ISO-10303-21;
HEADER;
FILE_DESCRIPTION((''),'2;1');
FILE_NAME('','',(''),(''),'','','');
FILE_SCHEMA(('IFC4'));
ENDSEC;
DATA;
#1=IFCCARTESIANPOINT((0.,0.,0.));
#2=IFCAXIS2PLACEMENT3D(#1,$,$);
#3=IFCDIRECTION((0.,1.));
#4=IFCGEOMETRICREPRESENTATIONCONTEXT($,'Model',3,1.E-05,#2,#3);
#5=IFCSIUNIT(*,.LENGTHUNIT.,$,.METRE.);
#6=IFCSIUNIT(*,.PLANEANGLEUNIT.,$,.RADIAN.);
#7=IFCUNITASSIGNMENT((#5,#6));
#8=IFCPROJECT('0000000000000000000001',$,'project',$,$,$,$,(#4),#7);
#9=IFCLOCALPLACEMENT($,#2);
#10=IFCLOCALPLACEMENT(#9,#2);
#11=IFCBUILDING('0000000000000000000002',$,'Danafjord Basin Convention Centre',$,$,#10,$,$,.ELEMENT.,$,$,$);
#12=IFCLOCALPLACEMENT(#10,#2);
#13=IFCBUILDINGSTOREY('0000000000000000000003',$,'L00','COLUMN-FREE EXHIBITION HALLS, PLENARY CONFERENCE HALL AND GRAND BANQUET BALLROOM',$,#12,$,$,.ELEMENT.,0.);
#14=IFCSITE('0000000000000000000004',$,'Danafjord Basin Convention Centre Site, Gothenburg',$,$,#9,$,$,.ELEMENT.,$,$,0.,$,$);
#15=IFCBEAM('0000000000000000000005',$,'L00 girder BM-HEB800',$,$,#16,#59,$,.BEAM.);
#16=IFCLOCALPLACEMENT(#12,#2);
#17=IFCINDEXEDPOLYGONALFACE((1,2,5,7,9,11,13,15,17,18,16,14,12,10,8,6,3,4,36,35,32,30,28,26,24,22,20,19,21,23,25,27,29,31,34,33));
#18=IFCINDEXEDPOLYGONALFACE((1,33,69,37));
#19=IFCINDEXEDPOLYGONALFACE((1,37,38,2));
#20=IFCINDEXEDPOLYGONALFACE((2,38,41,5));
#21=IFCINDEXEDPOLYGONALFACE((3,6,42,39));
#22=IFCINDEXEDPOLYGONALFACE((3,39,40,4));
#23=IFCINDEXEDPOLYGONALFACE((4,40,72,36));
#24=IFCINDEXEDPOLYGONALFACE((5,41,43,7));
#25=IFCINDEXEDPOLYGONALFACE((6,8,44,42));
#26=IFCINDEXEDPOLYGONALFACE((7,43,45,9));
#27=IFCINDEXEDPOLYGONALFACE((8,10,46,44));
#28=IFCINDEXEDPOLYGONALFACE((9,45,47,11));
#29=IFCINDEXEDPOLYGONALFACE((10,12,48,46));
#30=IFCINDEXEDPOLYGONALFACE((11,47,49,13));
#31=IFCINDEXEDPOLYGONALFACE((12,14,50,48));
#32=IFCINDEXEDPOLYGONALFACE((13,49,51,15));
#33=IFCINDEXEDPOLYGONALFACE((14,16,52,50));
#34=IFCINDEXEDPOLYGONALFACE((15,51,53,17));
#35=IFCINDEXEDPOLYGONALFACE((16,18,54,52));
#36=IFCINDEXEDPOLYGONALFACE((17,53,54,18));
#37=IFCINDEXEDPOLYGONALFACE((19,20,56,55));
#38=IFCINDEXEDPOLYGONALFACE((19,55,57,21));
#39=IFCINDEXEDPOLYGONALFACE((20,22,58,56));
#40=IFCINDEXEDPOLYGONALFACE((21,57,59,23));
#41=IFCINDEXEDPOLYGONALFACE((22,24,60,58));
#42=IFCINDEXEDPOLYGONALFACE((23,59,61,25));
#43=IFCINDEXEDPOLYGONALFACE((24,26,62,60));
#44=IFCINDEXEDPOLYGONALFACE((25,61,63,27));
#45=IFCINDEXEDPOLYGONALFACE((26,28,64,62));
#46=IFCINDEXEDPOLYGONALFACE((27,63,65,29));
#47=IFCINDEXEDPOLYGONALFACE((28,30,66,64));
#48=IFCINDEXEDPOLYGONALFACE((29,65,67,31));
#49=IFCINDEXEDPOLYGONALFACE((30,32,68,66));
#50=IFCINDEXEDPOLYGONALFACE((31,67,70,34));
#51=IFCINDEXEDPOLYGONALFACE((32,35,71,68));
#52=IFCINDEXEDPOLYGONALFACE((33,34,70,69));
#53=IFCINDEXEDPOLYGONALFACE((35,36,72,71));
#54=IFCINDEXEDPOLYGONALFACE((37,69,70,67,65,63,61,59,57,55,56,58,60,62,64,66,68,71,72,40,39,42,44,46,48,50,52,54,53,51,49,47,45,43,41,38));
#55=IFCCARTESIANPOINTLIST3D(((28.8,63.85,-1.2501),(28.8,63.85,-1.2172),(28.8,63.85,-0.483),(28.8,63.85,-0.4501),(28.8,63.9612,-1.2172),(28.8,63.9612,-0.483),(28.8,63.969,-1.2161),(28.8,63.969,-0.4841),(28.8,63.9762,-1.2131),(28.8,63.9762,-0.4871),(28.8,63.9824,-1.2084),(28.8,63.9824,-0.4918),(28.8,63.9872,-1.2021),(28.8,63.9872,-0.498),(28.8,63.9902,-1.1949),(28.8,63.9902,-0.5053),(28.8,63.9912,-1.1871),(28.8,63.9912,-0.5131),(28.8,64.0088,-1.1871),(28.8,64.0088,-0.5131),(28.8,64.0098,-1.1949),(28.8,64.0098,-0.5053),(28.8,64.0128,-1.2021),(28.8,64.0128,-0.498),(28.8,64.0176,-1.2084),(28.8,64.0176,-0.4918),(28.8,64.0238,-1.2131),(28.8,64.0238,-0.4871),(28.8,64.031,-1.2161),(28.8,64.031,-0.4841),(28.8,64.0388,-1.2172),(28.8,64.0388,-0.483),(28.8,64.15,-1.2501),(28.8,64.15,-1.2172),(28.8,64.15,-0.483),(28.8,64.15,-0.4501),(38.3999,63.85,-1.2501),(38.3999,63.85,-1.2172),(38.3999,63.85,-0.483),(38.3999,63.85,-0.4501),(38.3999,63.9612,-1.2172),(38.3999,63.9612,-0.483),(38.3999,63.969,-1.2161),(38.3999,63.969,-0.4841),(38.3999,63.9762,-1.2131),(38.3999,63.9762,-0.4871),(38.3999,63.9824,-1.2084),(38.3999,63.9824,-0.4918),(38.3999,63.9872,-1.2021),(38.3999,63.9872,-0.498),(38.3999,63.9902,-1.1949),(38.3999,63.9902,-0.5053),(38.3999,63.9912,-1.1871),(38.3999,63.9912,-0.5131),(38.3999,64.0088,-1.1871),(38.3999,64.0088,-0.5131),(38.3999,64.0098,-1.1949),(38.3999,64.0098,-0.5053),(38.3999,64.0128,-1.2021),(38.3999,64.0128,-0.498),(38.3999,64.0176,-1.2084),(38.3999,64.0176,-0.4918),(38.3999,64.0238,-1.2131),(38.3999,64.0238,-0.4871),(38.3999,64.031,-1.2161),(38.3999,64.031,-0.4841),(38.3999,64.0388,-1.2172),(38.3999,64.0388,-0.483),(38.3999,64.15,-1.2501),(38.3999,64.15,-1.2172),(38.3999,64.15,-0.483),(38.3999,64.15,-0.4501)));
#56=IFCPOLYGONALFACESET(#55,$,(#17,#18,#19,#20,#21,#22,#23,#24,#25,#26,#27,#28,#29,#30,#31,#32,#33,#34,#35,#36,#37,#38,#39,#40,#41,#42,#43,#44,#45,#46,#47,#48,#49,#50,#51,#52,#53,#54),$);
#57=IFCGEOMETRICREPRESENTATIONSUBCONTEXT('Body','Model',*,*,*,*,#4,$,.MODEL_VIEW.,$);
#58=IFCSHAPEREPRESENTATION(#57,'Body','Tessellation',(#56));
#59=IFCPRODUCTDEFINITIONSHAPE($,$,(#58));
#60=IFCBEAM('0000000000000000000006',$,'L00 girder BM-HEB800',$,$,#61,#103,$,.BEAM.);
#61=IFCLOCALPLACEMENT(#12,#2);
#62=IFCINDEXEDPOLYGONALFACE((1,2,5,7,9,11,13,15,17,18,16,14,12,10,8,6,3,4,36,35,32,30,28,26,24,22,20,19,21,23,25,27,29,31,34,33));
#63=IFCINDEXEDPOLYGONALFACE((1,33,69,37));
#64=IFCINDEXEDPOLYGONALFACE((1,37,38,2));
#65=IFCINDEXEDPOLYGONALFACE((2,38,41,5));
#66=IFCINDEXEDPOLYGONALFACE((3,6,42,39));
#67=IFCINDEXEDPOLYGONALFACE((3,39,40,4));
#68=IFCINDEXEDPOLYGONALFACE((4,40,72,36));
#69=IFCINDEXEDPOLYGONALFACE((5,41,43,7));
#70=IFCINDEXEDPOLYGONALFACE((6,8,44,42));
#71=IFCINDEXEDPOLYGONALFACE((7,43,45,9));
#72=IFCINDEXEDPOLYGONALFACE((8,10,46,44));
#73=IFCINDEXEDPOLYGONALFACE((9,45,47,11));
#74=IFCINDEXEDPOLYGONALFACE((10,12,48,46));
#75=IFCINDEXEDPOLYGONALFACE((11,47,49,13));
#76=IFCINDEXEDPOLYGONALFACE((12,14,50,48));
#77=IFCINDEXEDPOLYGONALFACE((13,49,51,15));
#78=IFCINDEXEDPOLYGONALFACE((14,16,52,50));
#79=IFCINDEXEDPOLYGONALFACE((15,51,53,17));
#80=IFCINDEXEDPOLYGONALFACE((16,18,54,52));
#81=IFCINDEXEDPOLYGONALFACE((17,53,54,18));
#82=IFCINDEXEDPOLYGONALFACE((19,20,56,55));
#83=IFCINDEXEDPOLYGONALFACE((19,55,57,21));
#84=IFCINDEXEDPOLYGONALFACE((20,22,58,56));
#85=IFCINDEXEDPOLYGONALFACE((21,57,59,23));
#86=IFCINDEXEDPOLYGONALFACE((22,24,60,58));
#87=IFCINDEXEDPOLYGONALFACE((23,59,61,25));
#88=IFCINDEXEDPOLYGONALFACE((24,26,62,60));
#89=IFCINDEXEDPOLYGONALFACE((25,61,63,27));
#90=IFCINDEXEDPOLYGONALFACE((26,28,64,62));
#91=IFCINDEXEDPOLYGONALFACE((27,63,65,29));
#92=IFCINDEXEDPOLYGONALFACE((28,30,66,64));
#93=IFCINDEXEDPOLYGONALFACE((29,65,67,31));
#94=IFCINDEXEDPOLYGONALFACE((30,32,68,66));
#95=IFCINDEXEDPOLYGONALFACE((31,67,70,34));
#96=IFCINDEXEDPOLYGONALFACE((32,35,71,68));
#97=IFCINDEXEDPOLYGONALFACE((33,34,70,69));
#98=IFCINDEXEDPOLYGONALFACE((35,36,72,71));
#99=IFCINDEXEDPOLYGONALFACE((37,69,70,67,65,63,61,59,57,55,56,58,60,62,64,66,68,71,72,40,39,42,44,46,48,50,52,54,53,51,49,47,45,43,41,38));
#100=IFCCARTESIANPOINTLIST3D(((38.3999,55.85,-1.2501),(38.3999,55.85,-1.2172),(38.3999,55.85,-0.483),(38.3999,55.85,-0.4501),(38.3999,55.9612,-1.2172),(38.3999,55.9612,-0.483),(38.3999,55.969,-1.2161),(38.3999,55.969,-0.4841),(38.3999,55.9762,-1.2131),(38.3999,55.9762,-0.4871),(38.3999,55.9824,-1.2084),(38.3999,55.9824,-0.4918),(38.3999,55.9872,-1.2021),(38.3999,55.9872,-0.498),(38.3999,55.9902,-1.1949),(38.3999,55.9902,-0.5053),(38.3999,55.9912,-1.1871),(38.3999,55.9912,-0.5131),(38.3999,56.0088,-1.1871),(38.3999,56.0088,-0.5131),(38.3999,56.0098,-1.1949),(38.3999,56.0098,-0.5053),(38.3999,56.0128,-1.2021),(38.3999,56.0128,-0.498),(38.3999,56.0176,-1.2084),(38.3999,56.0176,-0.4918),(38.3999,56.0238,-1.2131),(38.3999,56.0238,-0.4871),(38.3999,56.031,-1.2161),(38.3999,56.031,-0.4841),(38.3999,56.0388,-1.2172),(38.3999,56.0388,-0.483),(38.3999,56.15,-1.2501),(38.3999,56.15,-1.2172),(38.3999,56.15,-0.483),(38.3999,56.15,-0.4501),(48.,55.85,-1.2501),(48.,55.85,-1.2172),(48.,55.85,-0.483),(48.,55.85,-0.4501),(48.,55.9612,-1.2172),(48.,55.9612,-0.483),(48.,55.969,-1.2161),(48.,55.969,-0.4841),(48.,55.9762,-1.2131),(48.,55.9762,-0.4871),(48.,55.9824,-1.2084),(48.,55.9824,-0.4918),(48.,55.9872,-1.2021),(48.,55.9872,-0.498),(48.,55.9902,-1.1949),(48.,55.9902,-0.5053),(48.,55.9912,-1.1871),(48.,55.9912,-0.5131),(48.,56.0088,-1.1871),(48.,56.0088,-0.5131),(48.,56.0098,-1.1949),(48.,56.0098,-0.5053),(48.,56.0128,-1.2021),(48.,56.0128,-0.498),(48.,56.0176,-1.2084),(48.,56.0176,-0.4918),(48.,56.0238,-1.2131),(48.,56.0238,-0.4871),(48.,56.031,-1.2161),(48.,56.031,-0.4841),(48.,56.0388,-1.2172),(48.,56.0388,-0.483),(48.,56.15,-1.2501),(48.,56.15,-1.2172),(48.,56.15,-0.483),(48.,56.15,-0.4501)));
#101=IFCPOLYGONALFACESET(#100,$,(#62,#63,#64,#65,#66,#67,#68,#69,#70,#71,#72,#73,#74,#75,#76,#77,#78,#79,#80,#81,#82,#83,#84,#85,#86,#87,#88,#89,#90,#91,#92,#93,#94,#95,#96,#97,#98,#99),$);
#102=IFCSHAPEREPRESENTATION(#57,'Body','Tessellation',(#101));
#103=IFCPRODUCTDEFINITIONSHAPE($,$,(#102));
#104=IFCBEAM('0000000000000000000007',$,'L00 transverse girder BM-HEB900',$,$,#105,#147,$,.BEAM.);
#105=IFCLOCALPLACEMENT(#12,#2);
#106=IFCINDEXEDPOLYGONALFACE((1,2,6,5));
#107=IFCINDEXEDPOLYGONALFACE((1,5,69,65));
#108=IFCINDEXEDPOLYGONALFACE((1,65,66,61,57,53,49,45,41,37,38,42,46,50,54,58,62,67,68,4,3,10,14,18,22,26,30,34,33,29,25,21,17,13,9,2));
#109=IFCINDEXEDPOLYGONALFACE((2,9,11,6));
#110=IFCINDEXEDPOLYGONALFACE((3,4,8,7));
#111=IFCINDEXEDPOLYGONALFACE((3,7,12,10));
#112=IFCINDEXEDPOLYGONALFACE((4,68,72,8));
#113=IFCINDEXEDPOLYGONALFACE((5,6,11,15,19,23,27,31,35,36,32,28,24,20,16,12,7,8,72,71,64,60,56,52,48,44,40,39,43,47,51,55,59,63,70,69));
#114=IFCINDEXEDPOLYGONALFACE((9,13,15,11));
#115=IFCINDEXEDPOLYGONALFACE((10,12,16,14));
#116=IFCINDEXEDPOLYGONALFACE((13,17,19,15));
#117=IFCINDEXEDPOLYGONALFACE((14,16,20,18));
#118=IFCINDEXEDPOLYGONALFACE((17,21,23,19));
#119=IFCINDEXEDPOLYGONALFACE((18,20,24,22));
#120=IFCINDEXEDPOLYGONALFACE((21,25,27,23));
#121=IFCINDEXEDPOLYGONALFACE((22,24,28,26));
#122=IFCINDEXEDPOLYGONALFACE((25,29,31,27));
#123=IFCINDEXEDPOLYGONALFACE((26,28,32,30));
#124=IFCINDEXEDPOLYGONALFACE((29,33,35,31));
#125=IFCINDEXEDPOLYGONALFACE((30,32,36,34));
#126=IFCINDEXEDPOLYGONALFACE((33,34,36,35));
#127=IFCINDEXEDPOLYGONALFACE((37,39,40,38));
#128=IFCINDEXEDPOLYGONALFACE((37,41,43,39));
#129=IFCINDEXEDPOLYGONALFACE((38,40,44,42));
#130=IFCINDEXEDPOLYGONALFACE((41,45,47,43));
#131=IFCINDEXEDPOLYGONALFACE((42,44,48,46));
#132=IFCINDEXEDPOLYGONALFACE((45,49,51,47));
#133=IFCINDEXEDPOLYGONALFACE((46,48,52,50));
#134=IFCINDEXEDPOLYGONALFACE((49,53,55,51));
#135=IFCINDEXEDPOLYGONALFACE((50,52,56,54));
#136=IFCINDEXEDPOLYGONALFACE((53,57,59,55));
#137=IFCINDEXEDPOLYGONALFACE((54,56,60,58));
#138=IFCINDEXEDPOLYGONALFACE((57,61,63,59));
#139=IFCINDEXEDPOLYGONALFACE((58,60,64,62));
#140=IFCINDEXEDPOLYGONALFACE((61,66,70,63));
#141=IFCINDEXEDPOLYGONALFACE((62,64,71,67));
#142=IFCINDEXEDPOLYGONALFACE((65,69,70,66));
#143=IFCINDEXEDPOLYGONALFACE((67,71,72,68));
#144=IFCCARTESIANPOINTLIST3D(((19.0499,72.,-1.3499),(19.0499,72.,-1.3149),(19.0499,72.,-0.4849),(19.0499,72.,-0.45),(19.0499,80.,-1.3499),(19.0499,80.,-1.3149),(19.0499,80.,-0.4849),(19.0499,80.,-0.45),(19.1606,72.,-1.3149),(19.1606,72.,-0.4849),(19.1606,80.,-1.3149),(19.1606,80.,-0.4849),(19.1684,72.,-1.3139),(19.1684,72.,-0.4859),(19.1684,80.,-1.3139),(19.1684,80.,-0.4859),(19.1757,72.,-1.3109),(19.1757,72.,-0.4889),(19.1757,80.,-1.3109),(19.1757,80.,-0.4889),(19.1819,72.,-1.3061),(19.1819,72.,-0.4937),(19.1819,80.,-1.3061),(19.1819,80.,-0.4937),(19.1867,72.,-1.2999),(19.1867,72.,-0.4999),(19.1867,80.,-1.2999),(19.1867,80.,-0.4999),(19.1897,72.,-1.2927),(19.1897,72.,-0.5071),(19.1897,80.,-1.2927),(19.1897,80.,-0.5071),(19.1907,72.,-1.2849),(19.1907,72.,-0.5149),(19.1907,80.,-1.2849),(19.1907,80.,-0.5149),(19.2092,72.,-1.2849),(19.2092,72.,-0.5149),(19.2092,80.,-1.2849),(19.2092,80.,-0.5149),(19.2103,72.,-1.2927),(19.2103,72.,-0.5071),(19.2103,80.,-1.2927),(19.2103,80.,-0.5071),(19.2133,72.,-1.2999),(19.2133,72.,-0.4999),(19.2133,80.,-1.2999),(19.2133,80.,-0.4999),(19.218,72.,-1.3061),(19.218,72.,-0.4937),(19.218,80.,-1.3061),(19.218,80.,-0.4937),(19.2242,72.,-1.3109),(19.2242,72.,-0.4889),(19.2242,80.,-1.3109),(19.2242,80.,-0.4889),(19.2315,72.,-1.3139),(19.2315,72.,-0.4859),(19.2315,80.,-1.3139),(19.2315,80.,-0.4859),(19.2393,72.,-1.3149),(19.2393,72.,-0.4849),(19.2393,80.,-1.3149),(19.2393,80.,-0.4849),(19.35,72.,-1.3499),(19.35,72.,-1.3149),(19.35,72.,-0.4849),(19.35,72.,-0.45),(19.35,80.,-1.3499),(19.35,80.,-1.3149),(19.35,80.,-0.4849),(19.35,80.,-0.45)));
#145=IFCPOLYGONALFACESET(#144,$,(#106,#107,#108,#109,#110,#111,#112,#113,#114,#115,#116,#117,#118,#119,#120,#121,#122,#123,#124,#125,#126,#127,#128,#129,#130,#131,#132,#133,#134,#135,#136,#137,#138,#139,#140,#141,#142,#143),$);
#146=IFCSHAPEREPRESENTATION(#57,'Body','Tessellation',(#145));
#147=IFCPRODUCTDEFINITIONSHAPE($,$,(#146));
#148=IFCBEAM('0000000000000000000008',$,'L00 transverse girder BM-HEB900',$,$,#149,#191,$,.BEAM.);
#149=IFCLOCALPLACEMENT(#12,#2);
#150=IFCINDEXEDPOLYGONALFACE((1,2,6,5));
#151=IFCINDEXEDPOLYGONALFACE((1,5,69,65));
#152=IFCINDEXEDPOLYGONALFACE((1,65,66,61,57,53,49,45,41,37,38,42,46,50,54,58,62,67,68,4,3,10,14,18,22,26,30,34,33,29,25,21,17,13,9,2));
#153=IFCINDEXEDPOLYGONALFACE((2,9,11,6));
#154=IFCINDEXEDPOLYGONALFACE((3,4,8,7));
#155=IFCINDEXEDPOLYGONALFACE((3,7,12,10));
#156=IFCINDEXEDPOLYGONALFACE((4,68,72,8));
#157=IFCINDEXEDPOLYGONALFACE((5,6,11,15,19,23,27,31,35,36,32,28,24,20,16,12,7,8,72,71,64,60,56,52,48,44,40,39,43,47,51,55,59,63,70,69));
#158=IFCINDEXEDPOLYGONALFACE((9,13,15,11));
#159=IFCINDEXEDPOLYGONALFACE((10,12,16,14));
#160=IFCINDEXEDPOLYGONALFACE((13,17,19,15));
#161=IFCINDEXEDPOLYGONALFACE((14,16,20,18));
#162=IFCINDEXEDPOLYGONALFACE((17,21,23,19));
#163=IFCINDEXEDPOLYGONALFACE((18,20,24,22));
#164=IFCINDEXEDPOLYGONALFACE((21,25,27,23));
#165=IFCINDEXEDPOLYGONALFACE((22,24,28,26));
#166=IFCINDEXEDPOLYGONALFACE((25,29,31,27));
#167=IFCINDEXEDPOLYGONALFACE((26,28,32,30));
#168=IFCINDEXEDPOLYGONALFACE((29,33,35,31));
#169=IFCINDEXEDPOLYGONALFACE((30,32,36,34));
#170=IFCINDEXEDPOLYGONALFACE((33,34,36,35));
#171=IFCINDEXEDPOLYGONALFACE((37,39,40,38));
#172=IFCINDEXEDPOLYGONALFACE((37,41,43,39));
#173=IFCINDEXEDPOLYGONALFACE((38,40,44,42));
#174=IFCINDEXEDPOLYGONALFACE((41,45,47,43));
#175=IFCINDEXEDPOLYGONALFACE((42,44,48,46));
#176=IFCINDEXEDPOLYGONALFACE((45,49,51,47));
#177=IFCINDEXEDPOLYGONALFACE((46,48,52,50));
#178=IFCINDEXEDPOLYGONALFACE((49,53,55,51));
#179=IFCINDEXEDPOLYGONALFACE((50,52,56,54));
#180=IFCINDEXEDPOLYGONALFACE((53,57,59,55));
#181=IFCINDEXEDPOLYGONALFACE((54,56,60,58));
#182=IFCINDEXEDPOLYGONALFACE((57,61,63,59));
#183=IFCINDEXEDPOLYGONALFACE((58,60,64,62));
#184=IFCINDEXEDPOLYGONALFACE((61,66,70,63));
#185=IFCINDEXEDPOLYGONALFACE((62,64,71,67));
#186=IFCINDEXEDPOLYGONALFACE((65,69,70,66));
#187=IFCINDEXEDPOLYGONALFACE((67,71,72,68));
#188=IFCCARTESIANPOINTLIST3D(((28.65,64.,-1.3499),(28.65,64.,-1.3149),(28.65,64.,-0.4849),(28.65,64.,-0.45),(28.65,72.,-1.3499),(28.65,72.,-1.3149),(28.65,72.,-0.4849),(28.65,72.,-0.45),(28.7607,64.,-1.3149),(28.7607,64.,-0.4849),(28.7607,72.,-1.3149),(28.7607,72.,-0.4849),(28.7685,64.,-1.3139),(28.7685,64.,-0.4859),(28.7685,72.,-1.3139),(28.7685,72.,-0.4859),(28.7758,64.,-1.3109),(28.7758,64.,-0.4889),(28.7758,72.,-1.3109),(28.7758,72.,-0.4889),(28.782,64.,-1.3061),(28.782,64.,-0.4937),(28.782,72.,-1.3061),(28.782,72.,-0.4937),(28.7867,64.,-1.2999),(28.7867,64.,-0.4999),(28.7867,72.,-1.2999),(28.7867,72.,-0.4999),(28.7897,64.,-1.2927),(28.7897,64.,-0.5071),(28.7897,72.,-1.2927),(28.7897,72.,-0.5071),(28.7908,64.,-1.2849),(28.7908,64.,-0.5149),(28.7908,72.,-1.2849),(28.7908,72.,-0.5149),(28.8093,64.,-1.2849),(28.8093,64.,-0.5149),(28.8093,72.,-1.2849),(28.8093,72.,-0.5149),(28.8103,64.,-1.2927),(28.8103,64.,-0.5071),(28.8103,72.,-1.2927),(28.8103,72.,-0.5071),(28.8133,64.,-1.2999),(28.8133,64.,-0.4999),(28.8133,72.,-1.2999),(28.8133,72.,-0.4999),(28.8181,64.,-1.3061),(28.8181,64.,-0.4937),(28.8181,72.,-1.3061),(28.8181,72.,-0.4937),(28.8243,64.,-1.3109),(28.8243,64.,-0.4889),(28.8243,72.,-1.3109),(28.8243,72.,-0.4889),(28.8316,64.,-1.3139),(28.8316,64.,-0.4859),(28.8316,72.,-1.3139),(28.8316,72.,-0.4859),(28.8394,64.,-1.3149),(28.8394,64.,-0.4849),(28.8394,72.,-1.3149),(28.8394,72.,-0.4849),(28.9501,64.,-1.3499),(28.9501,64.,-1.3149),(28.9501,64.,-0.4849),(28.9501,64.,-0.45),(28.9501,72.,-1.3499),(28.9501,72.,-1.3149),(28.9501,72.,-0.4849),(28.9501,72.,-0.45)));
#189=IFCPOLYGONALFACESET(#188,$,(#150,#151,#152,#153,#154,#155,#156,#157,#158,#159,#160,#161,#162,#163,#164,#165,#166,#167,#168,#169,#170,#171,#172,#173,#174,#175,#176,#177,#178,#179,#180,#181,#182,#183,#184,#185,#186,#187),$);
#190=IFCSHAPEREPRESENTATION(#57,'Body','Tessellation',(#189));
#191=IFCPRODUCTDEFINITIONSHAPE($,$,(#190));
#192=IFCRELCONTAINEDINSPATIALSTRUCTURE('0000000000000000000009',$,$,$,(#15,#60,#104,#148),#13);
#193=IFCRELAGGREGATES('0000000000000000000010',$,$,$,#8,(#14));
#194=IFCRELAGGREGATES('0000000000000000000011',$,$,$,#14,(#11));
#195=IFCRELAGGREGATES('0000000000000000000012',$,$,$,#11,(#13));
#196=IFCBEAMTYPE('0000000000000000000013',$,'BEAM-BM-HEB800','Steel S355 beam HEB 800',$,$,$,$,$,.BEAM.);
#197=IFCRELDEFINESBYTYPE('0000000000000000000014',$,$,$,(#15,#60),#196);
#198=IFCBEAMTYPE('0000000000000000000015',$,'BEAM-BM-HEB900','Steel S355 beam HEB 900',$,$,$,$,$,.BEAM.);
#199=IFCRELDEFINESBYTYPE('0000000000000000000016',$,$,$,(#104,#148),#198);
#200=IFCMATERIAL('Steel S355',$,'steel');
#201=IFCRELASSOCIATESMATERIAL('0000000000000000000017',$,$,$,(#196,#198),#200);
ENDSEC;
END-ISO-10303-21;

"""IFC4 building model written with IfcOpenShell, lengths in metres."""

from ifc_helpers import new_model, si_unit, direction, frame, origin, origin_2d, place, context, subcontext, project, spatial, i_section, extrude, material, material_profile, profile_set, type_object, element, save


model = new_model("IFC4")

# Units and contexts
model_context = context("Model", 3, precision=1e-05, world=origin(), true_north=direction((0.0, 1.0)))
body_context = subcontext(model_context, "Body", "Model", "MODEL_VIEW")
ifc_project = project(units=[si_unit("LENGTHUNIT", "METRE"), si_unit("PLANEANGLEUNIT", "RADIAN")], contexts=[model_context])

# Site, building, storey
site_placement = place(None, origin())
site = spatial("IfcSite", under=ifc_project, at=site_placement, Name="Danafjord Basin Convention Centre Site, Gothenburg", CompositionType="ELEMENT", RefElevation=0.0)
building_placement = place(site_placement, origin())
building = spatial("IfcBuilding", under=site, at=building_placement, Name="Danafjord Basin Convention Centre", CompositionType="ELEMENT")
storey_placement = place(building_placement, origin())
storey = spatial("IfcBuildingStorey", under=building, at=storey_placement, Name="L00", Description="COLUMN-FREE EXHIBITION HALLS, PLENARY CONFERENCE HALL AND GRAND BANQUET BALLROOM", CompositionType="ELEMENT", Elevation=0.0)

# Beams
ifc_material_1 = material(Name="Steel S355", Category="steel")
ifc_material_profile_1 = material_profile(ifc_material_1, i_section(OverallWidth=0.3, OverallDepth=0.8, WebThickness=0.0176, FlangeThickness=0.033, FilletRadius=0.03, at=origin_2d()), Name="HEB 800")
ifc_profile_set_1 = profile_set([ifc_material_profile_1], Name="Steel S355")
beam_type_1 = type_object("IfcBeamType", Name="BEAM-BM-HEB800", Description="Steel S355 beam HEB 800", PredefinedType="BEAM", material=ifc_profile_set_1)
beam_1_placement = place(storey_placement, frame((28.8, 64.0, -0.8501), z_axis=(1.0, 0.0, 0.0), x_axis=(0.0, 1.0, 0.0)))
element("IfcBeam", 1, at=beam_1_placement, inside=storey, type_object=beam_type_1, Name="L00 girder BM-HEB800", PredefinedType="BEAM", context=body_context, shape_type="SweptSolid", body=[
    extrude(i_section(OverallWidth=0.3, OverallDepth=0.8, WebThickness=0.0176, FlangeThickness=0.033, FilletRadius=0.03, at=origin_2d()), origin(), (0.0, 0.0, 1.0), 9.5999),
])
beam_2_placement = place(storey_placement, frame((38.3999, 56.0, -0.8501), z_axis=(1.0, 0.0, 0.0), x_axis=(0.0, 1.0, 0.0)))
element("IfcBeam", 2, at=beam_2_placement, inside=storey, type_object=beam_type_1, Name="L00 girder BM-HEB800", PredefinedType="BEAM", context=body_context, shape_type="SweptSolid", body=[
    extrude(i_section(OverallWidth=0.3, OverallDepth=0.8, WebThickness=0.0176, FlangeThickness=0.033, FilletRadius=0.03, at=origin_2d()), origin(), (0.0, 0.0, 1.0), 9.6001),
])
ifc_material_profile_2 = material_profile(ifc_material_1, i_section(OverallWidth=0.3, OverallDepth=0.8999, WebThickness=0.0186, FlangeThickness=0.0349, FilletRadius=0.03, at=origin_2d()), Name="HEB 900")
ifc_profile_set_2 = profile_set([ifc_material_profile_2], Name="Steel S355")
beam_type_2 = type_object("IfcBeamType", Name="BEAM-BM-HEB900", Description="Steel S355 beam HEB 900", PredefinedType="BEAM", material=ifc_profile_set_2)
for number, where, z_axis, x_axis, name in (
    (3, (19.2, 72.0, -0.8999), (0.0, 1.0, 0.0), (-1.0, 0.0, 0.0), "L00 transverse girder BM-HEB900"),
    (4, (28.8, 64.0, -0.8999), (0.0, 1.0, 0.0), (-1.0, 0.0, 0.0), "L00 transverse girder BM-HEB900"),
):
    element("IfcBeam", number, at=place(storey_placement, frame(where, z_axis=z_axis, x_axis=x_axis)), inside=storey, type_object=beam_type_2, Name=name, PredefinedType="BEAM", context=body_context, shape_type="SweptSolid", body=[
        extrude(i_section(OverallWidth=0.3, OverallDepth=0.8999, WebThickness=0.0186, FlangeThickness=0.0349, FilletRadius=0.03, at=origin_2d()), origin(), (0.0, 0.0, 1.0), 8.0),
    ])

save(model, "model.ifc")
